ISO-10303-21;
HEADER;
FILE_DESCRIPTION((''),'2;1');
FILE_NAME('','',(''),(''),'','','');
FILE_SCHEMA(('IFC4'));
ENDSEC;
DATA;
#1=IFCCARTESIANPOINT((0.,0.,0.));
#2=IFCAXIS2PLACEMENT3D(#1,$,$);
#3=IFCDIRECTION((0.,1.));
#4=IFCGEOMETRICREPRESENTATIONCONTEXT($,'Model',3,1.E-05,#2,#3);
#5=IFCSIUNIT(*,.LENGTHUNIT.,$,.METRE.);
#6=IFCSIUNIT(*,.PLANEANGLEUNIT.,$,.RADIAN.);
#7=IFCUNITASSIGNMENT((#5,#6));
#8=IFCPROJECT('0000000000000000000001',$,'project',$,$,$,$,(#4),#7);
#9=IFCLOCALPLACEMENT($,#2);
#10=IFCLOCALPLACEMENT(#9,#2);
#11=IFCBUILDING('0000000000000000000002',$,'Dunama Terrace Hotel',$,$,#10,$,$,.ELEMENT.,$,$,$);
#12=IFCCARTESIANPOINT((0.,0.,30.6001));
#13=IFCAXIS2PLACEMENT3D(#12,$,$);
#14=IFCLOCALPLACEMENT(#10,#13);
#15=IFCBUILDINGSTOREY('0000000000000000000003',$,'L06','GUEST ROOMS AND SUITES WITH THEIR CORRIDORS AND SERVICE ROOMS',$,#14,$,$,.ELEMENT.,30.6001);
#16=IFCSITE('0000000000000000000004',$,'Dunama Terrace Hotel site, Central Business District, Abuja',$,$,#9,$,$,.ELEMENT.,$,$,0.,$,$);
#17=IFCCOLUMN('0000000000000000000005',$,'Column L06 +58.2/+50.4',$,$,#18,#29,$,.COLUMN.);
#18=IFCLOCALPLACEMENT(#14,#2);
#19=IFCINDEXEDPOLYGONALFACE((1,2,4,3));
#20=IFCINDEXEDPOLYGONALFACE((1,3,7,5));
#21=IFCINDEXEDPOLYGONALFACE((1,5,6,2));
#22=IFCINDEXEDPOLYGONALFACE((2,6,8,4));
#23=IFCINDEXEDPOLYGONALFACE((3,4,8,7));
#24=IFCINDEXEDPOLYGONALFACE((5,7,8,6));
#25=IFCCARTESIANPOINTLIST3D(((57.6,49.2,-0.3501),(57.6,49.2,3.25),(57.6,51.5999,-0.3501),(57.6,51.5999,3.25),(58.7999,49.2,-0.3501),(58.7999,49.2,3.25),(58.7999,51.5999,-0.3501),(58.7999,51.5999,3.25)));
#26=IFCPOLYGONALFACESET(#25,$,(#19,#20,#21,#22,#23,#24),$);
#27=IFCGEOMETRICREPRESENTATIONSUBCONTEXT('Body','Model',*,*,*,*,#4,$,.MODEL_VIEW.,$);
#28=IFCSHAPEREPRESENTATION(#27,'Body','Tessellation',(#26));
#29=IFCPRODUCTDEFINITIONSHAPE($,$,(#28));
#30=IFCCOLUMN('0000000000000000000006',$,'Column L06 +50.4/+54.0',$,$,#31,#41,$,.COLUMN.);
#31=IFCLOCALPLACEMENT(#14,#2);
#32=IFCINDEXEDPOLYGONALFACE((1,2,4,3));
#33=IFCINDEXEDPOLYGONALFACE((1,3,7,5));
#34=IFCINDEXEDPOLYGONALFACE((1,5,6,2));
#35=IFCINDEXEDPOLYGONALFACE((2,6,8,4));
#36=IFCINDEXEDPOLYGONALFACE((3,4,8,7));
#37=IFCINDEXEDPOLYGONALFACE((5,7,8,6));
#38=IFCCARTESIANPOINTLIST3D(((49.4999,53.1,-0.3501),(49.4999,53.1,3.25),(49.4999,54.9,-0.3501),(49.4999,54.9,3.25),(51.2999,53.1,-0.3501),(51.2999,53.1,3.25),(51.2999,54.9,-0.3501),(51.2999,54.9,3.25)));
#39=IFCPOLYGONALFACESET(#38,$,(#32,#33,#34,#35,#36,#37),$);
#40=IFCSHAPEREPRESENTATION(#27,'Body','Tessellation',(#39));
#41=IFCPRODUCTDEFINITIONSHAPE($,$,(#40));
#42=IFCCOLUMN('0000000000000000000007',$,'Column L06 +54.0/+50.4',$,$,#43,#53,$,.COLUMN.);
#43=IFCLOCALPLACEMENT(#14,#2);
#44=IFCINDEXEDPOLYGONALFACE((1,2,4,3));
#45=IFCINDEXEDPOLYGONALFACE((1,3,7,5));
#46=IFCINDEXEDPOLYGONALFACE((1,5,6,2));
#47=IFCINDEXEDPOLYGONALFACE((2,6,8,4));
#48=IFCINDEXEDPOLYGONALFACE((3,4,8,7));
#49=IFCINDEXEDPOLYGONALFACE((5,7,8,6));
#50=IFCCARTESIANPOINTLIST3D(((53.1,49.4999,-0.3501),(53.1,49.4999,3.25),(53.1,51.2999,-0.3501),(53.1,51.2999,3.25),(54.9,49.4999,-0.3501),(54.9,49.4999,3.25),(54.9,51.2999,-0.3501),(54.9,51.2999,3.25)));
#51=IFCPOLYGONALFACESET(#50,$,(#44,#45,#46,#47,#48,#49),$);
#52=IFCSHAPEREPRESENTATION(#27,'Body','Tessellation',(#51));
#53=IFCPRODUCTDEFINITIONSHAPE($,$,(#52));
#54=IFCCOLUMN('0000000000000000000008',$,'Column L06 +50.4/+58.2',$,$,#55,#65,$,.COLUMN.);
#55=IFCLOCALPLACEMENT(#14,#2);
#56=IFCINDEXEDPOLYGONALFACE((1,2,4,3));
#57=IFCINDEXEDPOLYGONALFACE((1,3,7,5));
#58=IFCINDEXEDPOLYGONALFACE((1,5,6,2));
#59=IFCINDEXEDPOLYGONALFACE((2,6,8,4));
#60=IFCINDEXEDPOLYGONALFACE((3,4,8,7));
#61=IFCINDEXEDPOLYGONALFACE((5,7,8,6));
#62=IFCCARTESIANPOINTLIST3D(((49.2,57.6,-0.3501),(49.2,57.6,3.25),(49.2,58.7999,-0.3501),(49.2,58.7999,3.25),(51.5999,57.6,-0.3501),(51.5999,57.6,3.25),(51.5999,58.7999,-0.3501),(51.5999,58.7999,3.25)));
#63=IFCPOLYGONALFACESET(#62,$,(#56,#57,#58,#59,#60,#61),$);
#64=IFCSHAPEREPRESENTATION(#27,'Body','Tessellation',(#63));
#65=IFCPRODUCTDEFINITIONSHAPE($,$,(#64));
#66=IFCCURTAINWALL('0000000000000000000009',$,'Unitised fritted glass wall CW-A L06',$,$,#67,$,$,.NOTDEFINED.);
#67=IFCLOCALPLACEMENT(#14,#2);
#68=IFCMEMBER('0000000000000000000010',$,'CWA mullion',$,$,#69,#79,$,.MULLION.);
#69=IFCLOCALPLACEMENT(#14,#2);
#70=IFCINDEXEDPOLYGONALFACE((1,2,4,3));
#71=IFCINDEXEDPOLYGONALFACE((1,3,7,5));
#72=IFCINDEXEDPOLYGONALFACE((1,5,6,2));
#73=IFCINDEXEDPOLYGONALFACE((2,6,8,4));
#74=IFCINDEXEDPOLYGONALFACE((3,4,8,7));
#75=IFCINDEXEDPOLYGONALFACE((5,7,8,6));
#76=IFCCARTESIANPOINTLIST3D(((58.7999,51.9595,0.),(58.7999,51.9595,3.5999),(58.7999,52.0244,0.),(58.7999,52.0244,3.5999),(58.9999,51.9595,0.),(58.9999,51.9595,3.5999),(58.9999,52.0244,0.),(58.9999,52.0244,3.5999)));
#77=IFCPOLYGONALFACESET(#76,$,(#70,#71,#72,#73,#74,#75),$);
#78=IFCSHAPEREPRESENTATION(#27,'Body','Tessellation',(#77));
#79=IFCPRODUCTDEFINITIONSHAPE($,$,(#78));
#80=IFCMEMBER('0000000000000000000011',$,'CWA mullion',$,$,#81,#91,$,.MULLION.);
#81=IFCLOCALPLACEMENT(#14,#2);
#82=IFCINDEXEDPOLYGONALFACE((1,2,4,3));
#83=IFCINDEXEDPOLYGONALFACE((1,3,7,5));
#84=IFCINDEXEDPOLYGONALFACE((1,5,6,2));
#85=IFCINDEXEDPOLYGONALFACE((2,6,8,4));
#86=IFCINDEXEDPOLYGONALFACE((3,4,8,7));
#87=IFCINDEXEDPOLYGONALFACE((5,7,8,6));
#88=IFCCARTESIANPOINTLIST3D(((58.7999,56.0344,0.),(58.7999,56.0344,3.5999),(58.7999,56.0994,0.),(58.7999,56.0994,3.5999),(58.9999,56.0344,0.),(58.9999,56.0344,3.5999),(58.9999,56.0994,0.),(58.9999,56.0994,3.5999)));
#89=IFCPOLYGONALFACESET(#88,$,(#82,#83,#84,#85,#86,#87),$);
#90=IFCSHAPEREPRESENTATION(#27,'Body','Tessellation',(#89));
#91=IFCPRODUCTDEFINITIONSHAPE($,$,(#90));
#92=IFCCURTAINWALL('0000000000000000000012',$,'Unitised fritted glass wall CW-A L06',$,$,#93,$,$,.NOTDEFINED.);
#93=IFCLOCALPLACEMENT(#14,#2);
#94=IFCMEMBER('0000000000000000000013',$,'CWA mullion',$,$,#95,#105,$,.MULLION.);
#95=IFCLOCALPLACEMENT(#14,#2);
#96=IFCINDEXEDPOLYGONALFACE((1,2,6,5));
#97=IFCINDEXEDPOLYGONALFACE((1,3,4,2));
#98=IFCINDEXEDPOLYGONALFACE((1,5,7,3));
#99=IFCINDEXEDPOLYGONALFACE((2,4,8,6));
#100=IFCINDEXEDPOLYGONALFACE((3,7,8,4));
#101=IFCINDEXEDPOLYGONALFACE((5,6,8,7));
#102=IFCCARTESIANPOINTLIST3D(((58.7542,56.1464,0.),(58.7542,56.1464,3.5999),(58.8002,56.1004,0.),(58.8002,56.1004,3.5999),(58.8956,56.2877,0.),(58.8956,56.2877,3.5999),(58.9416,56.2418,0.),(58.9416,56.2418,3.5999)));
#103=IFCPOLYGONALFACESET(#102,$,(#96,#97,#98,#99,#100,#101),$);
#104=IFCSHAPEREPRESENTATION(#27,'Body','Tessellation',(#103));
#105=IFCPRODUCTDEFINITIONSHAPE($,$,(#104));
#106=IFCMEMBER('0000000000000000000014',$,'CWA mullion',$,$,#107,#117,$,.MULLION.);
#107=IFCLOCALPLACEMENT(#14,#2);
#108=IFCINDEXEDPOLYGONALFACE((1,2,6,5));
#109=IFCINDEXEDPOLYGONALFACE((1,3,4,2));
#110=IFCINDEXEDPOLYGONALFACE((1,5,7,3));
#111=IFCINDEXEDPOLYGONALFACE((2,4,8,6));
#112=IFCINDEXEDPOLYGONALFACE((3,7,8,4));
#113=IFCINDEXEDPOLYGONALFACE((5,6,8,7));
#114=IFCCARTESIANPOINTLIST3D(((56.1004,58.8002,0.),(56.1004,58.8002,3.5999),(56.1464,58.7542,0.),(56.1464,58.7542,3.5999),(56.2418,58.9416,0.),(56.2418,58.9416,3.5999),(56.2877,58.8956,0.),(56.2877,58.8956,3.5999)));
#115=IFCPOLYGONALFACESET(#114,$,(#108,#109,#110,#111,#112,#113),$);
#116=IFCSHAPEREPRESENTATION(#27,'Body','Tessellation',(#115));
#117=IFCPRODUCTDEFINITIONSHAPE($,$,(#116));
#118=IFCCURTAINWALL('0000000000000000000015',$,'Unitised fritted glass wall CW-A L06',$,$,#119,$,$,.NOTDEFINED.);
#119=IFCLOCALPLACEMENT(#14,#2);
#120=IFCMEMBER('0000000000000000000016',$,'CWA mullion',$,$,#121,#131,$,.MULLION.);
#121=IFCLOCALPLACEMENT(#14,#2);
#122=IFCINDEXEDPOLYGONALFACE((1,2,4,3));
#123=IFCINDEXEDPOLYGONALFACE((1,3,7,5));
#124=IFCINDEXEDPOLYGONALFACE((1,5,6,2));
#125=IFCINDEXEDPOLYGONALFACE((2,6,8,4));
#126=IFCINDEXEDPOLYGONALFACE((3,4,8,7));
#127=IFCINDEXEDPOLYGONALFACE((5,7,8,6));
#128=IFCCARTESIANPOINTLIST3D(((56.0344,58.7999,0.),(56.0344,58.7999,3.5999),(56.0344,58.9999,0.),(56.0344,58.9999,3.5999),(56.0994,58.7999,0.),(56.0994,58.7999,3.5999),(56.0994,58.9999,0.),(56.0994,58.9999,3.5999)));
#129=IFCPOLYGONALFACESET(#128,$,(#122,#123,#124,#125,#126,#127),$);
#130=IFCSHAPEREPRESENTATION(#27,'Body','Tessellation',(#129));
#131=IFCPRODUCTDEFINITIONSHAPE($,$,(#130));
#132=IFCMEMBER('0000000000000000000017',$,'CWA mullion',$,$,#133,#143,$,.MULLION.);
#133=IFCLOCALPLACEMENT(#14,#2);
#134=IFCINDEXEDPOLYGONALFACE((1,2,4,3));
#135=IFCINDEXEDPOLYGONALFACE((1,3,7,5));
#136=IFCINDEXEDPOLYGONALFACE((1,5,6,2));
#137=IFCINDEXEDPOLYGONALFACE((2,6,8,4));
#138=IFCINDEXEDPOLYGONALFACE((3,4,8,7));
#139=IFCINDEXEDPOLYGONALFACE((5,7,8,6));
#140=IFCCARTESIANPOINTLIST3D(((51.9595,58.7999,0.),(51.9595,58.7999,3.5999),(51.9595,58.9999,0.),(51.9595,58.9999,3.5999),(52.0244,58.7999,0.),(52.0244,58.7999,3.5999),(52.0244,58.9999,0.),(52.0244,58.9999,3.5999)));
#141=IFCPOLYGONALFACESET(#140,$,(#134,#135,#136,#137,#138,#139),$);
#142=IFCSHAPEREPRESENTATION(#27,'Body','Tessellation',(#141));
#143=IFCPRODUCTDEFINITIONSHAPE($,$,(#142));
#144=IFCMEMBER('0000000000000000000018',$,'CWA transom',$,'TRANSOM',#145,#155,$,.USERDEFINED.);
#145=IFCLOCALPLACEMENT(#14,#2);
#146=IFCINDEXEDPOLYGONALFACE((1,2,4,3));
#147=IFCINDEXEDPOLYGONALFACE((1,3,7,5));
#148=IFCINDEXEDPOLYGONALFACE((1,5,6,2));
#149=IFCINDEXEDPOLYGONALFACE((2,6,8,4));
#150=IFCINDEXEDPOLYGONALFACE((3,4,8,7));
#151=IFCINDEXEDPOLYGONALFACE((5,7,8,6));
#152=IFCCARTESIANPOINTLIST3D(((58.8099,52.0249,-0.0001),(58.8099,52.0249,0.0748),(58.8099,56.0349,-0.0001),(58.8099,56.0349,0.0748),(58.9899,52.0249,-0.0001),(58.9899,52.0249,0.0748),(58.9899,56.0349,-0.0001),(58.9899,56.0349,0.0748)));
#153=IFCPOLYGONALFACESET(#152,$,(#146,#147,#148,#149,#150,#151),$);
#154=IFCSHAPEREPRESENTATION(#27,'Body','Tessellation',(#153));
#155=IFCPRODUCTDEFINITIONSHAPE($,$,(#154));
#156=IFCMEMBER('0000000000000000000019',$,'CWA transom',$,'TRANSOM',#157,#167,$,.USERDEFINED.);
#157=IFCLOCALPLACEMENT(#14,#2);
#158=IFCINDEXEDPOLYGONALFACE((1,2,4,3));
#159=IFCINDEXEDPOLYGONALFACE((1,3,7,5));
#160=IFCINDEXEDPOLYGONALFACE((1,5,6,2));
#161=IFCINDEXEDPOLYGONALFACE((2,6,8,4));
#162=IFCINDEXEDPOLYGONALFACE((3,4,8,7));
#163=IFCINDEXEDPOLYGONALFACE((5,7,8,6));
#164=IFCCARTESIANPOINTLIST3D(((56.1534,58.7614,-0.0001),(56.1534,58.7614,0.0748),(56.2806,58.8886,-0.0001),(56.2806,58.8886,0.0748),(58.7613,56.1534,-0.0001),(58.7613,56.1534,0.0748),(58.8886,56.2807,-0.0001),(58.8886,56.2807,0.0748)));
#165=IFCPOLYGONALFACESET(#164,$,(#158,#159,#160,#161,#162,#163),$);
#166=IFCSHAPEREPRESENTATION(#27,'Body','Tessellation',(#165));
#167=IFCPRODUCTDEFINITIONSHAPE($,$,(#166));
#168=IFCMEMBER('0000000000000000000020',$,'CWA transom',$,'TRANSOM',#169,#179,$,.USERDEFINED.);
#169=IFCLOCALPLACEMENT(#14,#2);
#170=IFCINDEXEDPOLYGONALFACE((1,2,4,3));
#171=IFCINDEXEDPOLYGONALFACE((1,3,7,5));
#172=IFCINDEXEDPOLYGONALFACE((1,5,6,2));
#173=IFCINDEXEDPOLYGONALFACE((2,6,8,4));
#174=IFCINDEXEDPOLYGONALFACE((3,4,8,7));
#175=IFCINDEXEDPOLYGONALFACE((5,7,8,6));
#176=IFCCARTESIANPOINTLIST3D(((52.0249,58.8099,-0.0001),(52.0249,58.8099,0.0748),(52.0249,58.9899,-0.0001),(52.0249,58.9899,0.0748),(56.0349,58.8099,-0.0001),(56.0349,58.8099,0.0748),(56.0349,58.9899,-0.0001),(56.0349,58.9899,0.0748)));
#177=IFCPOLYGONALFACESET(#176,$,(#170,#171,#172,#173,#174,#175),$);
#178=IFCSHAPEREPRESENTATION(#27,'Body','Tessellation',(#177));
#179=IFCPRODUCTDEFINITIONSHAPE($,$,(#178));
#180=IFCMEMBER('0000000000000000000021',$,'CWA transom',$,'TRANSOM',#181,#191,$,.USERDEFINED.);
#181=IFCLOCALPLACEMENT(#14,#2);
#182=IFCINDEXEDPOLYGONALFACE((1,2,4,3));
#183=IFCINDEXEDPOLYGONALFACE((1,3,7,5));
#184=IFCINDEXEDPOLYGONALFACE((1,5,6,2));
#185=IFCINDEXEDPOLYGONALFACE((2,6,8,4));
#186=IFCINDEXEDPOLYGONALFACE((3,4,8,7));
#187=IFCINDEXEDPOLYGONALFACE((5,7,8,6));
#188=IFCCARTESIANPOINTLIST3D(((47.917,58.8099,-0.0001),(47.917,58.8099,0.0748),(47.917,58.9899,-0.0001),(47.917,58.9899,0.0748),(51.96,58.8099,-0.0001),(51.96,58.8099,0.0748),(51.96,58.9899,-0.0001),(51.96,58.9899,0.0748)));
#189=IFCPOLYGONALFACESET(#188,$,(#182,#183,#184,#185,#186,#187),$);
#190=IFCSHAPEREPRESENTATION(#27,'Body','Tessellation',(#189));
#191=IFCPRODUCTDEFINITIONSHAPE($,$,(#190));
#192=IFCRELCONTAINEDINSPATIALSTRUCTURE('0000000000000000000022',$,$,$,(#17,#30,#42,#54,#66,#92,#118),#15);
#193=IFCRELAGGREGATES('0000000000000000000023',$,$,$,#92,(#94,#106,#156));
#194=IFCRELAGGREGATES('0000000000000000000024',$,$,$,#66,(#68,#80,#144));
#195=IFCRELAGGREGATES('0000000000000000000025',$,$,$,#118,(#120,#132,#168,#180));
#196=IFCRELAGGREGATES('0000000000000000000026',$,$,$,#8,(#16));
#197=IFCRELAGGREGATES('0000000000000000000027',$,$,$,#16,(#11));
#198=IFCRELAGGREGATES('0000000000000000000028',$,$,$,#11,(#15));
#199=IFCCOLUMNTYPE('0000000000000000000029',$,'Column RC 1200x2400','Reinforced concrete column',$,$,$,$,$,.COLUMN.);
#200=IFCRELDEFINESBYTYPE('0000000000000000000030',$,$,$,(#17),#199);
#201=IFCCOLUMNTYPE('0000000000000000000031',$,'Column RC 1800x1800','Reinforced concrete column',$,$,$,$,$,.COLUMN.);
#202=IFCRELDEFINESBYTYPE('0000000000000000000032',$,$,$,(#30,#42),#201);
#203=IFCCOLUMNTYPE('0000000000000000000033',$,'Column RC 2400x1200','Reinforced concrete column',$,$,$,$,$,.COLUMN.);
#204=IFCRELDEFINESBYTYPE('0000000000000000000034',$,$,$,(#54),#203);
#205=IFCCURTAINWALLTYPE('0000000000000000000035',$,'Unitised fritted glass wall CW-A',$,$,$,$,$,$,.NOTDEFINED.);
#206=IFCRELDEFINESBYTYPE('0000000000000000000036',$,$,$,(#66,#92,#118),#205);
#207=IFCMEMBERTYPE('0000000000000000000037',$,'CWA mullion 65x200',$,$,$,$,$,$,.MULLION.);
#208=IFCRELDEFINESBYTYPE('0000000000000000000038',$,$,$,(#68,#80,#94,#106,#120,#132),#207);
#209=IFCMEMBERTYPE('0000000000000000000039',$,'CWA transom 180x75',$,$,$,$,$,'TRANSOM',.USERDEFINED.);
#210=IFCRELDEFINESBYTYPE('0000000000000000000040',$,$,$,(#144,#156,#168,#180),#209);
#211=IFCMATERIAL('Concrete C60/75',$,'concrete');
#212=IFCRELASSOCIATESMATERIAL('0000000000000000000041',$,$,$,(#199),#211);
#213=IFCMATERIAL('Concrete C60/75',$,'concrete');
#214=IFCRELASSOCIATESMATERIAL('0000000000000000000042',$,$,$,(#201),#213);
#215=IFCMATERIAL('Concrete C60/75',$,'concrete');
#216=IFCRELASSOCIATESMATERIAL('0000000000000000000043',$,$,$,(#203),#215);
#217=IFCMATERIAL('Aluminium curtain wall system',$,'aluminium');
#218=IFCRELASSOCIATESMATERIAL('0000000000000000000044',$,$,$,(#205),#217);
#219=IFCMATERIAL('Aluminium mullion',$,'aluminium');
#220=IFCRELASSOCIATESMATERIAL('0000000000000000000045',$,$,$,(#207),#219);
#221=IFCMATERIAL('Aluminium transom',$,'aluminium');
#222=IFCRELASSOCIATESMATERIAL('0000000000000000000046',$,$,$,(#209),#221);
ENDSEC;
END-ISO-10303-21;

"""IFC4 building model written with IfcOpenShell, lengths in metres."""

from ifc_helpers import new_model, si_unit, direction, frame, origin, origin_2d, place, context, subcontext, project, spatial, rectangle, extrude, material, material_profile, profile_set, type_object, element, aggregate, save


model = new_model("IFC4")

# Units and contexts
model_context = context("Model", 3, precision=1e-05, world=origin(), true_north=direction((0.0, 1.0)))
body_context = subcontext(model_context, "Body", "Model", "MODEL_VIEW")
ifc_project = project(units=[si_unit("LENGTHUNIT", "METRE"), si_unit("PLANEANGLEUNIT", "RADIAN")], contexts=[model_context])

# Site, building, storey
site_placement = place(None, origin())
site = spatial("IfcSite", under=ifc_project, at=site_placement, Name="Dunama Terrace Hotel site, Central Business District, Abuja", CompositionType="ELEMENT", RefElevation=0.0)
building_placement = place(site_placement, origin())
building = spatial("IfcBuilding", under=site, at=building_placement, Name="Dunama Terrace Hotel", CompositionType="ELEMENT")
storey_placement = place(building_placement, frame((0.0, 0.0, 30.6001)))
storey = spatial("IfcBuildingStorey", under=building, at=storey_placement, Name="L06", Description="GUEST ROOMS AND SUITES WITH THEIR CORRIDORS AND SERVICE ROOMS", CompositionType="ELEMENT", Elevation=30.6001)

# Columns
ifc_material_1 = material(Name="Concrete C60/75", Category="concrete")
ifc_material_profile_1 = material_profile(ifc_material_1, rectangle(XDim=1.2, YDim=2.3999, at=origin_2d()), Name="RC 1200x2400")
ifc_profile_set_1 = profile_set([ifc_material_profile_1], Name="Concrete C60/75")
column_type_1 = type_object("IfcColumnType", Name="Column RC 1200x2400", Description="Reinforced concrete column", PredefinedType="COLUMN", material=ifc_profile_set_1)
column_1_placement = place(storey_placement, frame((58.2, 50.3999, -0.3501), z_axis=(0.0, 0.0, 1.0), x_axis=(1.0, 0.0, 0.0)))
element("IfcColumn", 1, at=column_1_placement, inside=storey, type_object=column_type_1, Name="Column L06 +58.2/+50.4", PredefinedType="COLUMN", context=body_context, shape_type="SweptSolid", body=[
    extrude(rectangle(XDim=1.2, YDim=2.3999, at=origin_2d()), origin(), (0.0, 0.0, 1.0), 3.6001),
])
ifc_material_2 = material(Name="Concrete C60/75", Category="concrete")
ifc_material_profile_2 = material_profile(ifc_material_2, rectangle(XDim=1.8, YDim=1.8, at=origin_2d()), Name="RC 1800x1800")
ifc_profile_set_2 = profile_set([ifc_material_profile_2], Name="Concrete C60/75")
column_type_2 = type_object("IfcColumnType", Name="Column RC 1800x1800", Description="Reinforced concrete column", PredefinedType="COLUMN", material=ifc_profile_set_2)
for number, where, z_axis, x_axis, name in (
    (2, (50.3999, 54.0, -0.3501), (0.0, 0.0, 1.0), (1.0, 0.0, 0.0), "Column L06 +50.4/+54.0"),
    (3, (54.0, 50.3999, -0.3501), (0.0, 0.0, 1.0), (1.0, 0.0, 0.0), "Column L06 +54.0/+50.4"),
):
    element("IfcColumn", number, at=place(storey_placement, frame(where, z_axis=z_axis, x_axis=x_axis)), inside=storey, type_object=column_type_2, Name=name, PredefinedType="COLUMN", context=body_context, shape_type="SweptSolid", body=[
        extrude(rectangle(XDim=1.8, YDim=1.8, at=origin_2d()), origin(), (0.0, 0.0, 1.0), 3.6001),
    ])
ifc_material_3 = material(Name="Concrete C60/75", Category="concrete")
ifc_material_profile_3 = material_profile(ifc_material_3, rectangle(XDim=2.3999, YDim=1.2, at=origin_2d()), Name="RC 2400x1200")
ifc_profile_set_3 = profile_set([ifc_material_profile_3], Name="Concrete C60/75")
column_type_3 = type_object("IfcColumnType", Name="Column RC 2400x1200", Description="Reinforced concrete column", PredefinedType="COLUMN", material=ifc_profile_set_3)
column_2_placement = place(storey_placement, frame((50.3999, 58.2, -0.3501), z_axis=(0.0, 0.0, 1.0), x_axis=(1.0, 0.0, 0.0)))
element("IfcColumn", 4, at=column_2_placement, inside=storey, type_object=column_type_3, Name="Column L06 +50.4/+58.2", PredefinedType="COLUMN", context=body_context, shape_type="SweptSolid", body=[
    extrude(rectangle(XDim=2.3999, YDim=1.2, at=origin_2d()), origin(), (0.0, 0.0, 1.0), 3.6001),
])

# Curtain walls, members
ifc_material_4 = material(Name="Aluminium curtain wall system", Category="aluminium")
curtain_wall_type = type_object("IfcCurtainWallType", Name="Unitised fritted glass wall CW-A", PredefinedType="NOTDEFINED", material=ifc_material_4)
curtain_wall_1_placement = place(storey_placement, origin())
curtain_wall_1 = element("IfcCurtainWall", 5, at=curtain_wall_1_placement, inside=storey, type_object=curtain_wall_type, Name="Unitised fritted glass wall CW-A L06", PredefinedType="NOTDEFINED")
ifc_material_5 = material(Name="Aluminium mullion", Category="aluminium")
ifc_material_profile_4 = material_profile(ifc_material_5, rectangle(XDim=0.0649, YDim=0.2, at=origin_2d()), Name="CWA MULLION 65X200")
ifc_profile_set_4 = profile_set([ifc_material_profile_4], Name="Aluminium mullion")
member_type_1 = type_object("IfcMemberType", Name="CWA mullion 65x200", PredefinedType="MULLION", material=ifc_profile_set_4)
member_1_placement = place(storey_placement, frame((58.8999, 51.9919, 0.0), z_axis=(0.0, 0.0, 1.0), x_axis=(0.0, 1.0, 0.0)))
member_1 = element("IfcMember", 6, at=member_1_placement, type_object=member_type_1, Name="CWA mullion", PredefinedType="MULLION", context=body_context, shape_type="SweptSolid", body=[
    extrude(rectangle(XDim=0.0649, YDim=0.2, at=origin_2d()), origin(), (0.0, 0.0, 1.0), 3.5999),
])
member_2_placement = place(storey_placement, frame((58.8999, 56.0669, 0.0), z_axis=(0.0, 0.0, 1.0), x_axis=(0.0, 1.0, 0.0)))
member_2 = element("IfcMember", 7, at=member_2_placement, type_object=member_type_1, Name="CWA mullion", PredefinedType="MULLION", context=body_context, shape_type="SweptSolid", body=[
    extrude(rectangle(XDim=0.0649, YDim=0.2, at=origin_2d()), origin(), (0.0, 0.0, 1.0), 3.5999),
])
curtain_wall_2_placement = place(storey_placement, origin())
curtain_wall_2 = element("IfcCurtainWall", 8, at=curtain_wall_2_placement, inside=storey, type_object=curtain_wall_type, Name="Unitised fritted glass wall CW-A L06", PredefinedType="NOTDEFINED")
member_3_placement = place(storey_placement, frame((58.8479, 56.1941, 0.0), z_axis=(0.0, 0.0, 1.0), x_axis=(-0.707107, 0.707107, 0.0)))
member_3 = element("IfcMember", 9, at=member_3_placement, type_object=member_type_1, Name="CWA mullion", PredefinedType="MULLION", context=body_context, shape_type="SweptSolid", body=[
    extrude(rectangle(XDim=0.0649, YDim=0.2, at=origin_2d()), origin(), (0.0, 0.0, 1.0), 3.5999),
])
member_4_placement = place(storey_placement, frame((56.1941, 58.8479, 0.0), z_axis=(0.0, 0.0, 1.0), x_axis=(-0.707107, 0.707107, 0.0)))
member_4 = element("IfcMember", 10, at=member_4_placement, type_object=member_type_1, Name="CWA mullion", PredefinedType="MULLION", context=body_context, shape_type="SweptSolid", body=[
    extrude(rectangle(XDim=0.0649, YDim=0.2, at=origin_2d()), origin(), (0.0, 0.0, 1.0), 3.5999),
])
curtain_wall_3_placement = place(storey_placement, origin())
curtain_wall_3 = element("IfcCurtainWall", 11, at=curtain_wall_3_placement, inside=storey, type_object=curtain_wall_type, Name="Unitised fritted glass wall CW-A L06", PredefinedType="NOTDEFINED")
member_5_placement = place(storey_placement, frame((56.0669, 58.8999, 0.0), z_axis=(0.0, 0.0, 1.0), x_axis=(-1.0, 0.0, 0.0)))
member_5 = element("IfcMember", 12, at=member_5_placement, type_object=member_type_1, Name="CWA mullion", PredefinedType="MULLION", context=body_context, shape_type="SweptSolid", body=[
    extrude(rectangle(XDim=0.0649, YDim=0.2, at=origin_2d()), origin(), (0.0, 0.0, 1.0), 3.5999),
])
member_6_placement = place(storey_placement, frame((51.9919, 58.8999, 0.0), z_axis=(0.0, 0.0, 1.0), x_axis=(-1.0, 0.0, 0.0)))
member_6 = element("IfcMember", 13, at=member_6_placement, type_object=member_type_1, Name="CWA mullion", PredefinedType="MULLION", context=body_context, shape_type="SweptSolid", body=[
    extrude(rectangle(XDim=0.0649, YDim=0.2, at=origin_2d()), origin(), (0.0, 0.0, 1.0), 3.5999),
])

# Members
ifc_material_6 = material(Name="Aluminium transom", Category="aluminium")
ifc_material_profile_5 = material_profile(ifc_material_6, rectangle(XDim=0.1799, YDim=0.075, at=origin_2d()), Name="CWA TRANSOM 180X75")
ifc_profile_set_5 = profile_set([ifc_material_profile_5], Name="Aluminium transom")
member_type_2 = type_object("IfcMemberType", Name="CWA transom 180x75", ElementType="TRANSOM", PredefinedType="USERDEFINED", material=ifc_profile_set_5)
member_7_placement = place(storey_placement, frame((58.8999, 52.0249, 0.0374), z_axis=(0.0, 1.0, 0.0), x_axis=(-1.0, 0.0, 0.0)))
member_7 = element("IfcMember", 14, at=member_7_placement, type_object=member_type_2, Name="CWA transom", ObjectType="TRANSOM", PredefinedType="USERDEFINED", context=body_context, shape_type="SweptSolid", body=[
    extrude(rectangle(XDim=0.1799, YDim=0.075, at=origin_2d()), origin(), (0.0, 0.0, 1.0), 4.01),
])
member_8_placement = place(storey_placement, frame((58.825, 56.217, 0.0374), z_axis=(-0.707107, 0.707107, 0.0), x_axis=(-0.707107, -0.707107, 0.0)))
member_8 = element("IfcMember", 15, at=member_8_placement, type_object=member_type_2, Name="CWA transom", ObjectType="TRANSOM", PredefinedType="USERDEFINED", context=body_context, shape_type="SweptSolid", body=[
    extrude(rectangle(XDim=0.1799, YDim=0.075, at=origin_2d()), origin(), (0.0, 0.0, 1.0), 3.6882),
])
member_9_placement = place(storey_placement, frame((56.0349, 58.8999, 0.0374), z_axis=(-1.0, 0.0, 0.0), x_axis=(0.0, -1.0, 0.0)))
member_9 = element("IfcMember", 16, at=member_9_placement, type_object=member_type_2, Name="CWA transom", ObjectType="TRANSOM", PredefinedType="USERDEFINED", context=body_context, shape_type="SweptSolid", body=[
    extrude(rectangle(XDim=0.1799, YDim=0.075, at=origin_2d()), origin(), (0.0, 0.0, 1.0), 4.01),
])
member_10_placement = place(storey_placement, frame((51.96, 58.8999, 0.0374), z_axis=(-1.0, 0.0, 0.0), x_axis=(0.0, -1.0, 0.0)))
member_10 = element("IfcMember", 17, at=member_10_placement, type_object=member_type_2, Name="CWA transom", ObjectType="TRANSOM", PredefinedType="USERDEFINED", context=body_context, shape_type="SweptSolid", body=[
    extrude(rectangle(XDim=0.1799, YDim=0.075, at=origin_2d()), origin(), (0.0, 0.0, 1.0), 4.043),
])

aggregate(curtain_wall_2, [member_3, member_4, member_8])
aggregate(curtain_wall_1, [member_1, member_2, member_7])
aggregate(curtain_wall_3, [member_5, member_6, member_9, member_10])

save(model, "model.ifc")
